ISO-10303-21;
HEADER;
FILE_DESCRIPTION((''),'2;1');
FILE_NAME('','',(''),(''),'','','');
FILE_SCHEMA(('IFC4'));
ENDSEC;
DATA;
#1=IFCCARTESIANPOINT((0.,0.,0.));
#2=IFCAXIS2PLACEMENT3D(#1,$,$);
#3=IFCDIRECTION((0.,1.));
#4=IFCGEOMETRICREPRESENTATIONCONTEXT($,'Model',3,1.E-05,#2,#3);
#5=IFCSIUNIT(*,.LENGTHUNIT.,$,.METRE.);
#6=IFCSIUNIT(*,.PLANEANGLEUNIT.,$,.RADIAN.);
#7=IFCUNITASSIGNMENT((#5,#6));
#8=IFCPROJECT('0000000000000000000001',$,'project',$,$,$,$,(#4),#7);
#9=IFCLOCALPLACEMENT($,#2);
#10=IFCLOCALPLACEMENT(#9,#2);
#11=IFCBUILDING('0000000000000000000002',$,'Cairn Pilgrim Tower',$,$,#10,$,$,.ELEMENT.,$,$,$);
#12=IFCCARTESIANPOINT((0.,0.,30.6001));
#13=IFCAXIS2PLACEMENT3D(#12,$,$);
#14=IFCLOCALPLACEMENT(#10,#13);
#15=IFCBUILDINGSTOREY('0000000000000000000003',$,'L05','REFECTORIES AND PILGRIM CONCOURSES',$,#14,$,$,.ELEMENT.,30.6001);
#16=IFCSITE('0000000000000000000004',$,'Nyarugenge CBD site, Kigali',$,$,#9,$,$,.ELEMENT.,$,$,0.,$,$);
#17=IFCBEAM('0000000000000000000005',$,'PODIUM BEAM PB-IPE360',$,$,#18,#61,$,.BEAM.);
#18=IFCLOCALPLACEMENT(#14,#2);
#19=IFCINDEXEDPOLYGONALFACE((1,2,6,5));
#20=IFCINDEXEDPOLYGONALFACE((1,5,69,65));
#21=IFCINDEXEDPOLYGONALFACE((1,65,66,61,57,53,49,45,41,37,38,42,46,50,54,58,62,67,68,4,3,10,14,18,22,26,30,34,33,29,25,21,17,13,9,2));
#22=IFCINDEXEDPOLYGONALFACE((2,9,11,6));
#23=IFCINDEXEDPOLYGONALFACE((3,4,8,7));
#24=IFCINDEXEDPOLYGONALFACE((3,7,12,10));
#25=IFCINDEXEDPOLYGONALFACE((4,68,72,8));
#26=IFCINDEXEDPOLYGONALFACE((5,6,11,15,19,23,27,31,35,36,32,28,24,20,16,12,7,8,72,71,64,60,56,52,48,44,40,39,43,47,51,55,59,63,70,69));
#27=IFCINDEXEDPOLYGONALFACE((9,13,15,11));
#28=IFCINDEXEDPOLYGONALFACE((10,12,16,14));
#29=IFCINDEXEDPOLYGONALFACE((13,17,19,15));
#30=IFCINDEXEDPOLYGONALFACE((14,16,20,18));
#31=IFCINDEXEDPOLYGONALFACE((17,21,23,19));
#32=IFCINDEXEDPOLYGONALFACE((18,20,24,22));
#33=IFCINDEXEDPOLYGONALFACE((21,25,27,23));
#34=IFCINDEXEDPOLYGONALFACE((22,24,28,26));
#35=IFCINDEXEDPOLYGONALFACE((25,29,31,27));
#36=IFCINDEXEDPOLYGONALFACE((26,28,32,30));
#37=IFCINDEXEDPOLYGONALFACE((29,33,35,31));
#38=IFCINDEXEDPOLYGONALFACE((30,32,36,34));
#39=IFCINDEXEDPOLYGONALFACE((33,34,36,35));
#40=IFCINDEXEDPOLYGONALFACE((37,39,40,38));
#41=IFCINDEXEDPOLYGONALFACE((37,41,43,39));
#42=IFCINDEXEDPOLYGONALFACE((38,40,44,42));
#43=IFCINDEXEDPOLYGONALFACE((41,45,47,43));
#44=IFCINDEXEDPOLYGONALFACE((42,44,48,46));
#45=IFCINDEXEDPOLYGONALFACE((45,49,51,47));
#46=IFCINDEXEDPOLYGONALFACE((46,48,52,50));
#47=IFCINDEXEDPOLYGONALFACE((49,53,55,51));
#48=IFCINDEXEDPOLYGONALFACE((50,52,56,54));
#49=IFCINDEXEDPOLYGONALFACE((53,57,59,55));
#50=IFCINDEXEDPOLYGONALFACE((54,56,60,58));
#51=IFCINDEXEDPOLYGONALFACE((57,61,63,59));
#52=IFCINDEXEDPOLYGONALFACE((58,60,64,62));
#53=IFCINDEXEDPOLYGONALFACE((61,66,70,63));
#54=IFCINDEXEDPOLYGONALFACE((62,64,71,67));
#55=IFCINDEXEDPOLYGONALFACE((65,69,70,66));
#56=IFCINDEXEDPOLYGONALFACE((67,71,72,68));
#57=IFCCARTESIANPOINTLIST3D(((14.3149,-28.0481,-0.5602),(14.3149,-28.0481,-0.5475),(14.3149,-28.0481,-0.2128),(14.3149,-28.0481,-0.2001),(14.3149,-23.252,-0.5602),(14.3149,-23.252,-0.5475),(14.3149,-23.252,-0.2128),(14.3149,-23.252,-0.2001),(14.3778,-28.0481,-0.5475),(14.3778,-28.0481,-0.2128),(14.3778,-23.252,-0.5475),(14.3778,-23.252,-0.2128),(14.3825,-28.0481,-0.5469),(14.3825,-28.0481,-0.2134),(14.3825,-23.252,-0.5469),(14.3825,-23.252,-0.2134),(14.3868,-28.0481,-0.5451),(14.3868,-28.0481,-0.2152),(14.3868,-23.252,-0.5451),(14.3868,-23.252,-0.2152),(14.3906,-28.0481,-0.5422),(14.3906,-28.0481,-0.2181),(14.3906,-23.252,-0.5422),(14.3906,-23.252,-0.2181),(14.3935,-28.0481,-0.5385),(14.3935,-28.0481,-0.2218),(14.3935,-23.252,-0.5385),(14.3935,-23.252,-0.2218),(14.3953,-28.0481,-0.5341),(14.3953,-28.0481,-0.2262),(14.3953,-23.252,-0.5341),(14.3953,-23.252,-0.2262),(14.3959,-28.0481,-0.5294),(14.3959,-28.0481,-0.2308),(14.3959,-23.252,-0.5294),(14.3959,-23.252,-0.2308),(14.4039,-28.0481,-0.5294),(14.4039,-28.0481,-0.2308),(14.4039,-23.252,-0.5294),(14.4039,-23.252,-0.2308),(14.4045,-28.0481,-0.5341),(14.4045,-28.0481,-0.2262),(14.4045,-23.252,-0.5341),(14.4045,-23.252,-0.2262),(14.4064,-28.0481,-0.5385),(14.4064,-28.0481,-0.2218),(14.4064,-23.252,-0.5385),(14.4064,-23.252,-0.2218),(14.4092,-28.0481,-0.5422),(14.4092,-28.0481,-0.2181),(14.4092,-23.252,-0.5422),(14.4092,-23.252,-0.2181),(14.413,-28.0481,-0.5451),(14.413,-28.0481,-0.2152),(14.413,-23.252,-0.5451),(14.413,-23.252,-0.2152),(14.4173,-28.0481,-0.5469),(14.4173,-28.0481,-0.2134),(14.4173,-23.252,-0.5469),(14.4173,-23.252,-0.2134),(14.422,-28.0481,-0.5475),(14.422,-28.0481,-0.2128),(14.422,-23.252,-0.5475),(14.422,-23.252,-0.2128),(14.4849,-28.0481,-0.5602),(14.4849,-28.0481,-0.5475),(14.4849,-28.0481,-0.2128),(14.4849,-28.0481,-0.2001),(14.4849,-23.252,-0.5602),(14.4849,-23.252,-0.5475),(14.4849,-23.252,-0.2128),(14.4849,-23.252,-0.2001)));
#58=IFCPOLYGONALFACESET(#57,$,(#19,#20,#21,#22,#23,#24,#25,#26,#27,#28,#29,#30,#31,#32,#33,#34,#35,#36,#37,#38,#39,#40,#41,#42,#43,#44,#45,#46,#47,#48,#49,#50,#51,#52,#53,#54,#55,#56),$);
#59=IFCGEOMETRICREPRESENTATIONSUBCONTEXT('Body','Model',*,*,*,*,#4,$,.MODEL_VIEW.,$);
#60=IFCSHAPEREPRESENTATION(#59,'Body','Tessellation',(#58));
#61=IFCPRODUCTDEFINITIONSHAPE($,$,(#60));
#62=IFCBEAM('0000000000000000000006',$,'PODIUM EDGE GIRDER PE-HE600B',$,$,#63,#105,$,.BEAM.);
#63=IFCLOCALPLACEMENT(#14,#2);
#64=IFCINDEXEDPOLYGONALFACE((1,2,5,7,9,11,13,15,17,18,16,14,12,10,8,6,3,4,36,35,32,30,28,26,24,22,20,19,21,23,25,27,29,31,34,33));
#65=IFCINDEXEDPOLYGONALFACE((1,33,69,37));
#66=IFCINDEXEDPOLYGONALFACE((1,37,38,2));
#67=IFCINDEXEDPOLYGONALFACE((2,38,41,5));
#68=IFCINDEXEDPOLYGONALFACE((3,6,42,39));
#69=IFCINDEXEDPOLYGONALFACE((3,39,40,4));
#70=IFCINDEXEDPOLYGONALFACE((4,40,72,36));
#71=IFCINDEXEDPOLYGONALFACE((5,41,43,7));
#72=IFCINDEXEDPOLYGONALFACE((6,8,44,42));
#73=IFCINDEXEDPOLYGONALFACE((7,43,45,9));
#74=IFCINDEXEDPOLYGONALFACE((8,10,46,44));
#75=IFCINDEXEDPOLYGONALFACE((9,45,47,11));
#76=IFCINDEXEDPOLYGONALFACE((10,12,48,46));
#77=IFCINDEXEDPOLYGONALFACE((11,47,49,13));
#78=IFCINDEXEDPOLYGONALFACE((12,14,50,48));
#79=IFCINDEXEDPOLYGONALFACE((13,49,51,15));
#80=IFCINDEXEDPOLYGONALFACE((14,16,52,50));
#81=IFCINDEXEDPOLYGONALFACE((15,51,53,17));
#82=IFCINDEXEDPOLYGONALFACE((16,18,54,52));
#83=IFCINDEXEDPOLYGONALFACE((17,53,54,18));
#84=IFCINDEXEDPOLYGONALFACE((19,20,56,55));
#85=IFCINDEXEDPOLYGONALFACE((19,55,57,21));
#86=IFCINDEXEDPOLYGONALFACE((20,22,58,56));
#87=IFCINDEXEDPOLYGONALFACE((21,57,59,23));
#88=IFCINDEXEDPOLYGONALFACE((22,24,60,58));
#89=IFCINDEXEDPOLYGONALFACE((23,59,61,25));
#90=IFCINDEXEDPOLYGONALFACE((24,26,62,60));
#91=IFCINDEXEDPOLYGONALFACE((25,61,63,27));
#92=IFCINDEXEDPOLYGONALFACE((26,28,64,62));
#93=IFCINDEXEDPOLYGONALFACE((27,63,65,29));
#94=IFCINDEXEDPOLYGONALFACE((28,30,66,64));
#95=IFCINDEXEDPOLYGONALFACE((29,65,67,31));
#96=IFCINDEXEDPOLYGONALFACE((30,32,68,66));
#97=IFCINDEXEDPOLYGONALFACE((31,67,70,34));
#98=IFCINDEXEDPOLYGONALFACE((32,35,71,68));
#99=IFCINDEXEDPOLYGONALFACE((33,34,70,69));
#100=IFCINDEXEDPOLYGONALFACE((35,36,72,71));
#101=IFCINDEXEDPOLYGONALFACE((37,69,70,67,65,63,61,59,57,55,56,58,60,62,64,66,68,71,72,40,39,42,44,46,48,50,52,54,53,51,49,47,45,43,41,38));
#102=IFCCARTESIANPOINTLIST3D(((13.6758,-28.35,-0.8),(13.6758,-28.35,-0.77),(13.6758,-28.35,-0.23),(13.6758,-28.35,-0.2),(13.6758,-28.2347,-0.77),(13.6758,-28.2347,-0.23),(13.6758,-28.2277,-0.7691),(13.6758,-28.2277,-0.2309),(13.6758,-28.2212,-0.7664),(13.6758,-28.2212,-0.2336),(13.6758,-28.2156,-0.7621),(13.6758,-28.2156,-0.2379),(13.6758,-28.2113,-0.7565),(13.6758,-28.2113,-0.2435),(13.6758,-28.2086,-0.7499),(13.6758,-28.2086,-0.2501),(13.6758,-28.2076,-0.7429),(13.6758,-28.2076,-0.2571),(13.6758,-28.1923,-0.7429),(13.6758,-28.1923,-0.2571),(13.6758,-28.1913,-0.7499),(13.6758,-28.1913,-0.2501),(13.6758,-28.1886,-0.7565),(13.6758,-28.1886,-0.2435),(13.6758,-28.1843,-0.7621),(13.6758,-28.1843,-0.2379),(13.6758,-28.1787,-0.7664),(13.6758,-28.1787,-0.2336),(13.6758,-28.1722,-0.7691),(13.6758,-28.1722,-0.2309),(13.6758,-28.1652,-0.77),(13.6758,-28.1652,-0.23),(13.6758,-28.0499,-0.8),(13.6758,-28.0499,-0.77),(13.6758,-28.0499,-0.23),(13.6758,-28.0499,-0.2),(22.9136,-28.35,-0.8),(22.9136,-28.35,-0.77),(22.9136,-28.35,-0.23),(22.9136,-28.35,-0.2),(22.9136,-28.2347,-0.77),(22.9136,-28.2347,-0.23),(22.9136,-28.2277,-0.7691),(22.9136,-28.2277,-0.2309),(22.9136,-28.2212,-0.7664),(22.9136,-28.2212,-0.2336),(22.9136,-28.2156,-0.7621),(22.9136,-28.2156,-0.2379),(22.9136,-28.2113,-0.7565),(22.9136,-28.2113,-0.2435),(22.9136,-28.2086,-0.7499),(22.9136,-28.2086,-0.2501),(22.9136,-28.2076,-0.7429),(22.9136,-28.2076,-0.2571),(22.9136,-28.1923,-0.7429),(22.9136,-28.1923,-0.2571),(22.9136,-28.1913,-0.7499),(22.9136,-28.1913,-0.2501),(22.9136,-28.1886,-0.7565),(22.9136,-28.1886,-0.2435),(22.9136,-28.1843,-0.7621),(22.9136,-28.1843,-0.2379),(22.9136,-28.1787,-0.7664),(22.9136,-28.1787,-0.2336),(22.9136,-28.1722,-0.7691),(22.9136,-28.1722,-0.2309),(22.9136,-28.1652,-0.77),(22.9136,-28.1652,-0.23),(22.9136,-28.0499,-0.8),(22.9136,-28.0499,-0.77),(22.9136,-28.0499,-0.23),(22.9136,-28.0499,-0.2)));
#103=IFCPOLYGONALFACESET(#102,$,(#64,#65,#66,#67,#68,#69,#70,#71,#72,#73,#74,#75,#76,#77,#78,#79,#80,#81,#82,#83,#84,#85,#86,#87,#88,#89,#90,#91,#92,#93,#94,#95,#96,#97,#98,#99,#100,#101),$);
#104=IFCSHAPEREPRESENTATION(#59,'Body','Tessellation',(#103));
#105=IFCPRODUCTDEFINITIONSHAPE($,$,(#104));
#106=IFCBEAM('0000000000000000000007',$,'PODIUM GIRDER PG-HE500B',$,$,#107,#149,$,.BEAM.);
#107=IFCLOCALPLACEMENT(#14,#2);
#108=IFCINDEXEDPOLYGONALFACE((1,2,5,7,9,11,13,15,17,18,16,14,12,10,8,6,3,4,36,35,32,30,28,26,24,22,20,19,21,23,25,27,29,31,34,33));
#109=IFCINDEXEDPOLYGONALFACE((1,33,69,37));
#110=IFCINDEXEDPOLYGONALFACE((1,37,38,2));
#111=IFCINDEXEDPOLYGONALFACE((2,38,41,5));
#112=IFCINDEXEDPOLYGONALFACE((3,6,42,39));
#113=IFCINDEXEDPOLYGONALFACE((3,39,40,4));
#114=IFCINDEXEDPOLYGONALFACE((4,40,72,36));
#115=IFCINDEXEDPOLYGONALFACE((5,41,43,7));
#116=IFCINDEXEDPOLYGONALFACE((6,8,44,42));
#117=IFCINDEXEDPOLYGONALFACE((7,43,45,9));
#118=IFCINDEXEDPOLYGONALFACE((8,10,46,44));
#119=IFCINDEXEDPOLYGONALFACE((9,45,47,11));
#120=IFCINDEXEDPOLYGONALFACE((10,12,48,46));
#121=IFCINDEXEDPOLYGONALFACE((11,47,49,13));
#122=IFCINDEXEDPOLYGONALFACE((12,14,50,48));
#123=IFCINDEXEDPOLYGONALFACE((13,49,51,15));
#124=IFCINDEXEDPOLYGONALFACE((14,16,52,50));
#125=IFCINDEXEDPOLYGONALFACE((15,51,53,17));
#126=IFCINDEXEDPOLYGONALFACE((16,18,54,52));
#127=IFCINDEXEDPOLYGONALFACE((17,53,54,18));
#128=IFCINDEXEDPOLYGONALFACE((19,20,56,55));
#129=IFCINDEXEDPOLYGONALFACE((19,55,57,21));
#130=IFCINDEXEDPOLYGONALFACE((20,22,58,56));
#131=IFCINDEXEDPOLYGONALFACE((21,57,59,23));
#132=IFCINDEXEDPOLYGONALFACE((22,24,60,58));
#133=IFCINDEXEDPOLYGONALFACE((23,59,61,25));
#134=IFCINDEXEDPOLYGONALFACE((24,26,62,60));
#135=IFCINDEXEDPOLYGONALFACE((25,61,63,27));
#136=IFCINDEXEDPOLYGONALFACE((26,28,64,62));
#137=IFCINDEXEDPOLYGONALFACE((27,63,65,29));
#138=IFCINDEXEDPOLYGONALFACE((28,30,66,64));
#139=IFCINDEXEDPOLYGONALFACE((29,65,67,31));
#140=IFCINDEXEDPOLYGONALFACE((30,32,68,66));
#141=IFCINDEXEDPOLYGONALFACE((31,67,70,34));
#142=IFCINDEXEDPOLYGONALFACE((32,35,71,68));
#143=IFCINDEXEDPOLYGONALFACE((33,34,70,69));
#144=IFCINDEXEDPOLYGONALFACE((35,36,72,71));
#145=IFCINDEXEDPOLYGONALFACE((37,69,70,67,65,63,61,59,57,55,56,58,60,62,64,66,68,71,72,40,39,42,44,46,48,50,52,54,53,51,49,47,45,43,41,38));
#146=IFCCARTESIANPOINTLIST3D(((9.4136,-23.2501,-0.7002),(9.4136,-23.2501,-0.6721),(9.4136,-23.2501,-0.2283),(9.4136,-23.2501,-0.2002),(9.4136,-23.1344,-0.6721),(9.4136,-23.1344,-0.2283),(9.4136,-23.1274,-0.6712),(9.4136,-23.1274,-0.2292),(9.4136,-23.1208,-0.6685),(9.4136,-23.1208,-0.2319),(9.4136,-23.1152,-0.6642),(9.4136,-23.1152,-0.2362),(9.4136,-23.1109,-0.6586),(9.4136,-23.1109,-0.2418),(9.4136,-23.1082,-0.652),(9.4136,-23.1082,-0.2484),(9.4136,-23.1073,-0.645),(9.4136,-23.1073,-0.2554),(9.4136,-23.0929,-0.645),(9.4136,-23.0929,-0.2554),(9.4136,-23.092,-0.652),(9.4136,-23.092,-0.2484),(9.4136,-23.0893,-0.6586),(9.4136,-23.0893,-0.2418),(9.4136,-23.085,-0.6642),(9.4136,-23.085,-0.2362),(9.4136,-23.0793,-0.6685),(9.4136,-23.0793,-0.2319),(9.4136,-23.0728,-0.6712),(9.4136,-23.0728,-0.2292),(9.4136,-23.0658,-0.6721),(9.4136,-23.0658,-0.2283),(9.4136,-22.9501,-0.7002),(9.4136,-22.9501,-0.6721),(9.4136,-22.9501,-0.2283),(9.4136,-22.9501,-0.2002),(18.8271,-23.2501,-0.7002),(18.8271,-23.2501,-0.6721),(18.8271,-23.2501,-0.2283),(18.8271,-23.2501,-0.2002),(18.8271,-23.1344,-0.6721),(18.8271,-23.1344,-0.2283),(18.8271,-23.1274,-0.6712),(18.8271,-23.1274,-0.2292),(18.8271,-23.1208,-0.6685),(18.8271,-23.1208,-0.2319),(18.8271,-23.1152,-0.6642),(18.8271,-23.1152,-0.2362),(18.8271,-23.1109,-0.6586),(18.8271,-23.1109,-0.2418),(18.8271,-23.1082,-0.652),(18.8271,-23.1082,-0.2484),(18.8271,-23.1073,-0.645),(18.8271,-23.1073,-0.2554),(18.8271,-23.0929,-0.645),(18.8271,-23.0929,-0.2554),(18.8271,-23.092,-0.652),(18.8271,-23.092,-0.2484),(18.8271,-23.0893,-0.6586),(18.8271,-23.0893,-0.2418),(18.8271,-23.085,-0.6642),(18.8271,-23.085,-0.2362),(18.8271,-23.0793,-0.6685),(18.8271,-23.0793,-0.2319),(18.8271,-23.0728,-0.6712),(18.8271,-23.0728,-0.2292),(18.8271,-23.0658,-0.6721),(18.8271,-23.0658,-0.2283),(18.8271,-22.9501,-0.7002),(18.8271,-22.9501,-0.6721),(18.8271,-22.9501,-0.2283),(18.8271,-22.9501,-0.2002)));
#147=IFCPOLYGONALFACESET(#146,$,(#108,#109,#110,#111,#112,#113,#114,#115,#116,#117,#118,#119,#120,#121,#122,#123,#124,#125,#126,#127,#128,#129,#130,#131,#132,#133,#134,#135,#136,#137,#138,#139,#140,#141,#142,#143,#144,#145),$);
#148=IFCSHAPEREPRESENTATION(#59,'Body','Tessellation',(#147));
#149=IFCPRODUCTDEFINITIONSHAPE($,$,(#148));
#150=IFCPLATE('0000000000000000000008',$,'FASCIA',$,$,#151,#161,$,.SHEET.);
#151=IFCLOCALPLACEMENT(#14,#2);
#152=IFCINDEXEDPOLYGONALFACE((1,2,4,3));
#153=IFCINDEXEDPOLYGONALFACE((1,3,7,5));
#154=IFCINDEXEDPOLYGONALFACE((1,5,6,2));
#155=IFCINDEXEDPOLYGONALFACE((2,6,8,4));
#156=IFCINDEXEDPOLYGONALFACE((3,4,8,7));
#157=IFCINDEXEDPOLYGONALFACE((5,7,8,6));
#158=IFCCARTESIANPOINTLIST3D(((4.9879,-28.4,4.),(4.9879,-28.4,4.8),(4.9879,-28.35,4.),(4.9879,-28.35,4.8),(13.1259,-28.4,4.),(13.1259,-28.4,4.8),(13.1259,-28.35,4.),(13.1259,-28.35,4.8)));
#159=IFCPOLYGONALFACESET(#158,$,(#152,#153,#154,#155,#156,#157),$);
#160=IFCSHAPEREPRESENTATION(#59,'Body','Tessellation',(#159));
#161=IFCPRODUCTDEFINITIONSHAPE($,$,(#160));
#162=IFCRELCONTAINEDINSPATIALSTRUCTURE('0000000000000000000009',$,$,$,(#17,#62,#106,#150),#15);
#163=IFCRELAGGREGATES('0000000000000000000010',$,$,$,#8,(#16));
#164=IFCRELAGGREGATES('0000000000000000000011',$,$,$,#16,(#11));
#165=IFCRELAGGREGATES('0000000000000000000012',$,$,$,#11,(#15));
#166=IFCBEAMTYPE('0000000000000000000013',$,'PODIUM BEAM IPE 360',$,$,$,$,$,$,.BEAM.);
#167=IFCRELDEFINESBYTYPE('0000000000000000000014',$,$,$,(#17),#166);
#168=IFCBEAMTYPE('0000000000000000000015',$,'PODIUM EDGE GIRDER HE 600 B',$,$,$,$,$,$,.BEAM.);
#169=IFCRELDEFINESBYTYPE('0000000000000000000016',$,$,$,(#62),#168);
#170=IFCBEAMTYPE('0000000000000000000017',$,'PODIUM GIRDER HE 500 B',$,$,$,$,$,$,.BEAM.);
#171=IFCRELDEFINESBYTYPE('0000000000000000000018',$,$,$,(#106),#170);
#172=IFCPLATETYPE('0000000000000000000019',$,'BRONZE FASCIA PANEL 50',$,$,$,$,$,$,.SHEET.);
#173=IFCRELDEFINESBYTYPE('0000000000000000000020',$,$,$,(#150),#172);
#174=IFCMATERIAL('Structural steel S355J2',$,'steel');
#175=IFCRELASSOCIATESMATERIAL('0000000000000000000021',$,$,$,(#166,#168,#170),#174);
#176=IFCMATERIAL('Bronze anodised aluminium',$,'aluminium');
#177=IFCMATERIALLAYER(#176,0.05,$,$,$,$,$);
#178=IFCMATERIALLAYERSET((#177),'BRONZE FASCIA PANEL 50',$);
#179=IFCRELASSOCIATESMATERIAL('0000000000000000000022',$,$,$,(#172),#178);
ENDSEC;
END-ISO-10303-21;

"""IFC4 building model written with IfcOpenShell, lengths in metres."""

from ifc_helpers import new_model, si_unit, direction, frame, origin, origin_2d, place, context, subcontext, project, spatial, rectangle, i_section, extrude, material, layer, layer_set, material_profile, profile_set, type_object, element, save


model = new_model("IFC4")

# Units and contexts
model_context = context("Model", 3, precision=1e-05, world=origin(), true_north=direction((0.0, 1.0)))
body_context = subcontext(model_context, "Body", "Model", "MODEL_VIEW")
ifc_project = project(units=[si_unit("LENGTHUNIT", "METRE"), si_unit("PLANEANGLEUNIT", "RADIAN")], contexts=[model_context])

# Site, building, storey
site_placement = place(None, origin())
site = spatial("IfcSite", under=ifc_project, at=site_placement, Name="Nyarugenge CBD site, Kigali", CompositionType="ELEMENT", RefElevation=0.0)
building_placement = place(site_placement, origin())
building = spatial("IfcBuilding", under=site, at=building_placement, Name="Cairn Pilgrim Tower", CompositionType="ELEMENT")
storey_placement = place(building_placement, frame((0.0, 0.0, 30.6001)))
storey = spatial("IfcBuildingStorey", under=building, at=storey_placement, Name="L05", Description="REFECTORIES AND PILGRIM CONCOURSES", CompositionType="ELEMENT", Elevation=30.6001)

# Beams
ifc_material_1 = material(Name="Structural steel S355J2", Category="steel")
ifc_material_profile_1 = material_profile(ifc_material_1, i_section(OverallWidth=0.1699, OverallDepth=0.3601, WebThickness=0.0081, FlangeThickness=0.0127, FilletRadius=0.0181, at=origin_2d()), Name="IPE 360")
ifc_profile_set_1 = profile_set([ifc_material_profile_1], Name="Structural steel S355J2")
beam_type_1 = type_object("IfcBeamType", Name="PODIUM BEAM IPE 360", PredefinedType="BEAM", material=ifc_profile_set_1)
beam_1_placement = place(storey_placement, frame((14.3999, -28.0481, -0.3801), z_axis=(0.0, 1.0, 0.0), x_axis=(-1.0, 0.0, 0.0)))
element("IfcBeam", 1, at=beam_1_placement, inside=storey, type_object=beam_type_1, Name="PODIUM BEAM PB-IPE360", PredefinedType="BEAM", context=body_context, shape_type="SweptSolid", body=[
    extrude(i_section(OverallWidth=0.1699, OverallDepth=0.3601, WebThickness=0.0081, FlangeThickness=0.0127, FilletRadius=0.0181, at=origin_2d()), origin(), (0.0, 0.0, 1.0), 4.7961),
])
ifc_material_profile_2 = material_profile(ifc_material_1, i_section(OverallWidth=0.3, OverallDepth=0.6001, WebThickness=0.0154, FlangeThickness=0.03, FilletRadius=0.0271, at=origin_2d()), Name="HEB 600")
ifc_profile_set_2 = profile_set([ifc_material_profile_2], Name="Structural steel S355J2")
beam_type_2 = type_object("IfcBeamType", Name="PODIUM EDGE GIRDER HE 600 B", PredefinedType="BEAM", material=ifc_profile_set_2)
beam_2_placement = place(storey_placement, frame((13.6758, -28.2, -0.5), z_axis=(1.0, 0.0, 0.0), x_axis=(0.0, 1.0, 0.0)))
element("IfcBeam", 2, at=beam_2_placement, inside=storey, type_object=beam_type_2, Name="PODIUM EDGE GIRDER PE-HE600B", PredefinedType="BEAM", context=body_context, shape_type="SweptSolid", body=[
    extrude(i_section(OverallWidth=0.3, OverallDepth=0.6001, WebThickness=0.0154, FlangeThickness=0.03, FilletRadius=0.0271, at=origin_2d()), origin(), (0.0, 0.0, 1.0), 9.2378),
])
ifc_material_profile_3 = material_profile(ifc_material_1, i_section(OverallWidth=0.3, OverallDepth=0.5, WebThickness=0.0144, FlangeThickness=0.0281, FilletRadius=0.0271, at=origin_2d()), Name="HEB 500")
ifc_profile_set_3 = profile_set([ifc_material_profile_3], Name="Structural steel S355J2")
beam_type_3 = type_object("IfcBeamType", Name="PODIUM GIRDER HE 500 B", PredefinedType="BEAM", material=ifc_profile_set_3)
beam_3_placement = place(storey_placement, frame((9.4136, -23.1001, -0.4502), z_axis=(1.0, 0.0, 0.0), x_axis=(0.0, 1.0, 0.0)))
element("IfcBeam", 3, at=beam_3_placement, inside=storey, type_object=beam_type_3, Name="PODIUM GIRDER PG-HE500B", PredefinedType="BEAM", context=body_context, shape_type="SweptSolid", body=[
    extrude(i_section(OverallWidth=0.3, OverallDepth=0.5, WebThickness=0.0144, FlangeThickness=0.0281, FilletRadius=0.0271, at=origin_2d()), origin(), (0.0, 0.0, 1.0), 9.4136),
])

# Plate
ifc_material_2 = material(Name="Bronze anodised aluminium", Category="aluminium")
ifc_layer_1 = layer(ifc_material_2, 0.05)
ifc_layer_set_1 = layer_set([ifc_layer_1], Name="BRONZE FASCIA PANEL 50")
plate_type = type_object("IfcPlateType", Name="BRONZE FASCIA PANEL 50", PredefinedType="SHEET", material=ifc_layer_set_1)
plate_placement = place(storey_placement, frame((9.0569, -28.375, 4.0), z_axis=(0.0, 0.0, 1.0), x_axis=(1.0, 0.0, 0.0)))
element("IfcPlate", 4, at=plate_placement, inside=storey, type_object=plate_type, Name="FASCIA", PredefinedType="SHEET", context=body_context, shape_type="SweptSolid", body=[
    extrude(rectangle(XDim=8.1379, YDim=0.05, at=origin_2d()), origin(), (0.0, 0.0, 1.0), 0.8),
])

save(model, "model.ifc")
